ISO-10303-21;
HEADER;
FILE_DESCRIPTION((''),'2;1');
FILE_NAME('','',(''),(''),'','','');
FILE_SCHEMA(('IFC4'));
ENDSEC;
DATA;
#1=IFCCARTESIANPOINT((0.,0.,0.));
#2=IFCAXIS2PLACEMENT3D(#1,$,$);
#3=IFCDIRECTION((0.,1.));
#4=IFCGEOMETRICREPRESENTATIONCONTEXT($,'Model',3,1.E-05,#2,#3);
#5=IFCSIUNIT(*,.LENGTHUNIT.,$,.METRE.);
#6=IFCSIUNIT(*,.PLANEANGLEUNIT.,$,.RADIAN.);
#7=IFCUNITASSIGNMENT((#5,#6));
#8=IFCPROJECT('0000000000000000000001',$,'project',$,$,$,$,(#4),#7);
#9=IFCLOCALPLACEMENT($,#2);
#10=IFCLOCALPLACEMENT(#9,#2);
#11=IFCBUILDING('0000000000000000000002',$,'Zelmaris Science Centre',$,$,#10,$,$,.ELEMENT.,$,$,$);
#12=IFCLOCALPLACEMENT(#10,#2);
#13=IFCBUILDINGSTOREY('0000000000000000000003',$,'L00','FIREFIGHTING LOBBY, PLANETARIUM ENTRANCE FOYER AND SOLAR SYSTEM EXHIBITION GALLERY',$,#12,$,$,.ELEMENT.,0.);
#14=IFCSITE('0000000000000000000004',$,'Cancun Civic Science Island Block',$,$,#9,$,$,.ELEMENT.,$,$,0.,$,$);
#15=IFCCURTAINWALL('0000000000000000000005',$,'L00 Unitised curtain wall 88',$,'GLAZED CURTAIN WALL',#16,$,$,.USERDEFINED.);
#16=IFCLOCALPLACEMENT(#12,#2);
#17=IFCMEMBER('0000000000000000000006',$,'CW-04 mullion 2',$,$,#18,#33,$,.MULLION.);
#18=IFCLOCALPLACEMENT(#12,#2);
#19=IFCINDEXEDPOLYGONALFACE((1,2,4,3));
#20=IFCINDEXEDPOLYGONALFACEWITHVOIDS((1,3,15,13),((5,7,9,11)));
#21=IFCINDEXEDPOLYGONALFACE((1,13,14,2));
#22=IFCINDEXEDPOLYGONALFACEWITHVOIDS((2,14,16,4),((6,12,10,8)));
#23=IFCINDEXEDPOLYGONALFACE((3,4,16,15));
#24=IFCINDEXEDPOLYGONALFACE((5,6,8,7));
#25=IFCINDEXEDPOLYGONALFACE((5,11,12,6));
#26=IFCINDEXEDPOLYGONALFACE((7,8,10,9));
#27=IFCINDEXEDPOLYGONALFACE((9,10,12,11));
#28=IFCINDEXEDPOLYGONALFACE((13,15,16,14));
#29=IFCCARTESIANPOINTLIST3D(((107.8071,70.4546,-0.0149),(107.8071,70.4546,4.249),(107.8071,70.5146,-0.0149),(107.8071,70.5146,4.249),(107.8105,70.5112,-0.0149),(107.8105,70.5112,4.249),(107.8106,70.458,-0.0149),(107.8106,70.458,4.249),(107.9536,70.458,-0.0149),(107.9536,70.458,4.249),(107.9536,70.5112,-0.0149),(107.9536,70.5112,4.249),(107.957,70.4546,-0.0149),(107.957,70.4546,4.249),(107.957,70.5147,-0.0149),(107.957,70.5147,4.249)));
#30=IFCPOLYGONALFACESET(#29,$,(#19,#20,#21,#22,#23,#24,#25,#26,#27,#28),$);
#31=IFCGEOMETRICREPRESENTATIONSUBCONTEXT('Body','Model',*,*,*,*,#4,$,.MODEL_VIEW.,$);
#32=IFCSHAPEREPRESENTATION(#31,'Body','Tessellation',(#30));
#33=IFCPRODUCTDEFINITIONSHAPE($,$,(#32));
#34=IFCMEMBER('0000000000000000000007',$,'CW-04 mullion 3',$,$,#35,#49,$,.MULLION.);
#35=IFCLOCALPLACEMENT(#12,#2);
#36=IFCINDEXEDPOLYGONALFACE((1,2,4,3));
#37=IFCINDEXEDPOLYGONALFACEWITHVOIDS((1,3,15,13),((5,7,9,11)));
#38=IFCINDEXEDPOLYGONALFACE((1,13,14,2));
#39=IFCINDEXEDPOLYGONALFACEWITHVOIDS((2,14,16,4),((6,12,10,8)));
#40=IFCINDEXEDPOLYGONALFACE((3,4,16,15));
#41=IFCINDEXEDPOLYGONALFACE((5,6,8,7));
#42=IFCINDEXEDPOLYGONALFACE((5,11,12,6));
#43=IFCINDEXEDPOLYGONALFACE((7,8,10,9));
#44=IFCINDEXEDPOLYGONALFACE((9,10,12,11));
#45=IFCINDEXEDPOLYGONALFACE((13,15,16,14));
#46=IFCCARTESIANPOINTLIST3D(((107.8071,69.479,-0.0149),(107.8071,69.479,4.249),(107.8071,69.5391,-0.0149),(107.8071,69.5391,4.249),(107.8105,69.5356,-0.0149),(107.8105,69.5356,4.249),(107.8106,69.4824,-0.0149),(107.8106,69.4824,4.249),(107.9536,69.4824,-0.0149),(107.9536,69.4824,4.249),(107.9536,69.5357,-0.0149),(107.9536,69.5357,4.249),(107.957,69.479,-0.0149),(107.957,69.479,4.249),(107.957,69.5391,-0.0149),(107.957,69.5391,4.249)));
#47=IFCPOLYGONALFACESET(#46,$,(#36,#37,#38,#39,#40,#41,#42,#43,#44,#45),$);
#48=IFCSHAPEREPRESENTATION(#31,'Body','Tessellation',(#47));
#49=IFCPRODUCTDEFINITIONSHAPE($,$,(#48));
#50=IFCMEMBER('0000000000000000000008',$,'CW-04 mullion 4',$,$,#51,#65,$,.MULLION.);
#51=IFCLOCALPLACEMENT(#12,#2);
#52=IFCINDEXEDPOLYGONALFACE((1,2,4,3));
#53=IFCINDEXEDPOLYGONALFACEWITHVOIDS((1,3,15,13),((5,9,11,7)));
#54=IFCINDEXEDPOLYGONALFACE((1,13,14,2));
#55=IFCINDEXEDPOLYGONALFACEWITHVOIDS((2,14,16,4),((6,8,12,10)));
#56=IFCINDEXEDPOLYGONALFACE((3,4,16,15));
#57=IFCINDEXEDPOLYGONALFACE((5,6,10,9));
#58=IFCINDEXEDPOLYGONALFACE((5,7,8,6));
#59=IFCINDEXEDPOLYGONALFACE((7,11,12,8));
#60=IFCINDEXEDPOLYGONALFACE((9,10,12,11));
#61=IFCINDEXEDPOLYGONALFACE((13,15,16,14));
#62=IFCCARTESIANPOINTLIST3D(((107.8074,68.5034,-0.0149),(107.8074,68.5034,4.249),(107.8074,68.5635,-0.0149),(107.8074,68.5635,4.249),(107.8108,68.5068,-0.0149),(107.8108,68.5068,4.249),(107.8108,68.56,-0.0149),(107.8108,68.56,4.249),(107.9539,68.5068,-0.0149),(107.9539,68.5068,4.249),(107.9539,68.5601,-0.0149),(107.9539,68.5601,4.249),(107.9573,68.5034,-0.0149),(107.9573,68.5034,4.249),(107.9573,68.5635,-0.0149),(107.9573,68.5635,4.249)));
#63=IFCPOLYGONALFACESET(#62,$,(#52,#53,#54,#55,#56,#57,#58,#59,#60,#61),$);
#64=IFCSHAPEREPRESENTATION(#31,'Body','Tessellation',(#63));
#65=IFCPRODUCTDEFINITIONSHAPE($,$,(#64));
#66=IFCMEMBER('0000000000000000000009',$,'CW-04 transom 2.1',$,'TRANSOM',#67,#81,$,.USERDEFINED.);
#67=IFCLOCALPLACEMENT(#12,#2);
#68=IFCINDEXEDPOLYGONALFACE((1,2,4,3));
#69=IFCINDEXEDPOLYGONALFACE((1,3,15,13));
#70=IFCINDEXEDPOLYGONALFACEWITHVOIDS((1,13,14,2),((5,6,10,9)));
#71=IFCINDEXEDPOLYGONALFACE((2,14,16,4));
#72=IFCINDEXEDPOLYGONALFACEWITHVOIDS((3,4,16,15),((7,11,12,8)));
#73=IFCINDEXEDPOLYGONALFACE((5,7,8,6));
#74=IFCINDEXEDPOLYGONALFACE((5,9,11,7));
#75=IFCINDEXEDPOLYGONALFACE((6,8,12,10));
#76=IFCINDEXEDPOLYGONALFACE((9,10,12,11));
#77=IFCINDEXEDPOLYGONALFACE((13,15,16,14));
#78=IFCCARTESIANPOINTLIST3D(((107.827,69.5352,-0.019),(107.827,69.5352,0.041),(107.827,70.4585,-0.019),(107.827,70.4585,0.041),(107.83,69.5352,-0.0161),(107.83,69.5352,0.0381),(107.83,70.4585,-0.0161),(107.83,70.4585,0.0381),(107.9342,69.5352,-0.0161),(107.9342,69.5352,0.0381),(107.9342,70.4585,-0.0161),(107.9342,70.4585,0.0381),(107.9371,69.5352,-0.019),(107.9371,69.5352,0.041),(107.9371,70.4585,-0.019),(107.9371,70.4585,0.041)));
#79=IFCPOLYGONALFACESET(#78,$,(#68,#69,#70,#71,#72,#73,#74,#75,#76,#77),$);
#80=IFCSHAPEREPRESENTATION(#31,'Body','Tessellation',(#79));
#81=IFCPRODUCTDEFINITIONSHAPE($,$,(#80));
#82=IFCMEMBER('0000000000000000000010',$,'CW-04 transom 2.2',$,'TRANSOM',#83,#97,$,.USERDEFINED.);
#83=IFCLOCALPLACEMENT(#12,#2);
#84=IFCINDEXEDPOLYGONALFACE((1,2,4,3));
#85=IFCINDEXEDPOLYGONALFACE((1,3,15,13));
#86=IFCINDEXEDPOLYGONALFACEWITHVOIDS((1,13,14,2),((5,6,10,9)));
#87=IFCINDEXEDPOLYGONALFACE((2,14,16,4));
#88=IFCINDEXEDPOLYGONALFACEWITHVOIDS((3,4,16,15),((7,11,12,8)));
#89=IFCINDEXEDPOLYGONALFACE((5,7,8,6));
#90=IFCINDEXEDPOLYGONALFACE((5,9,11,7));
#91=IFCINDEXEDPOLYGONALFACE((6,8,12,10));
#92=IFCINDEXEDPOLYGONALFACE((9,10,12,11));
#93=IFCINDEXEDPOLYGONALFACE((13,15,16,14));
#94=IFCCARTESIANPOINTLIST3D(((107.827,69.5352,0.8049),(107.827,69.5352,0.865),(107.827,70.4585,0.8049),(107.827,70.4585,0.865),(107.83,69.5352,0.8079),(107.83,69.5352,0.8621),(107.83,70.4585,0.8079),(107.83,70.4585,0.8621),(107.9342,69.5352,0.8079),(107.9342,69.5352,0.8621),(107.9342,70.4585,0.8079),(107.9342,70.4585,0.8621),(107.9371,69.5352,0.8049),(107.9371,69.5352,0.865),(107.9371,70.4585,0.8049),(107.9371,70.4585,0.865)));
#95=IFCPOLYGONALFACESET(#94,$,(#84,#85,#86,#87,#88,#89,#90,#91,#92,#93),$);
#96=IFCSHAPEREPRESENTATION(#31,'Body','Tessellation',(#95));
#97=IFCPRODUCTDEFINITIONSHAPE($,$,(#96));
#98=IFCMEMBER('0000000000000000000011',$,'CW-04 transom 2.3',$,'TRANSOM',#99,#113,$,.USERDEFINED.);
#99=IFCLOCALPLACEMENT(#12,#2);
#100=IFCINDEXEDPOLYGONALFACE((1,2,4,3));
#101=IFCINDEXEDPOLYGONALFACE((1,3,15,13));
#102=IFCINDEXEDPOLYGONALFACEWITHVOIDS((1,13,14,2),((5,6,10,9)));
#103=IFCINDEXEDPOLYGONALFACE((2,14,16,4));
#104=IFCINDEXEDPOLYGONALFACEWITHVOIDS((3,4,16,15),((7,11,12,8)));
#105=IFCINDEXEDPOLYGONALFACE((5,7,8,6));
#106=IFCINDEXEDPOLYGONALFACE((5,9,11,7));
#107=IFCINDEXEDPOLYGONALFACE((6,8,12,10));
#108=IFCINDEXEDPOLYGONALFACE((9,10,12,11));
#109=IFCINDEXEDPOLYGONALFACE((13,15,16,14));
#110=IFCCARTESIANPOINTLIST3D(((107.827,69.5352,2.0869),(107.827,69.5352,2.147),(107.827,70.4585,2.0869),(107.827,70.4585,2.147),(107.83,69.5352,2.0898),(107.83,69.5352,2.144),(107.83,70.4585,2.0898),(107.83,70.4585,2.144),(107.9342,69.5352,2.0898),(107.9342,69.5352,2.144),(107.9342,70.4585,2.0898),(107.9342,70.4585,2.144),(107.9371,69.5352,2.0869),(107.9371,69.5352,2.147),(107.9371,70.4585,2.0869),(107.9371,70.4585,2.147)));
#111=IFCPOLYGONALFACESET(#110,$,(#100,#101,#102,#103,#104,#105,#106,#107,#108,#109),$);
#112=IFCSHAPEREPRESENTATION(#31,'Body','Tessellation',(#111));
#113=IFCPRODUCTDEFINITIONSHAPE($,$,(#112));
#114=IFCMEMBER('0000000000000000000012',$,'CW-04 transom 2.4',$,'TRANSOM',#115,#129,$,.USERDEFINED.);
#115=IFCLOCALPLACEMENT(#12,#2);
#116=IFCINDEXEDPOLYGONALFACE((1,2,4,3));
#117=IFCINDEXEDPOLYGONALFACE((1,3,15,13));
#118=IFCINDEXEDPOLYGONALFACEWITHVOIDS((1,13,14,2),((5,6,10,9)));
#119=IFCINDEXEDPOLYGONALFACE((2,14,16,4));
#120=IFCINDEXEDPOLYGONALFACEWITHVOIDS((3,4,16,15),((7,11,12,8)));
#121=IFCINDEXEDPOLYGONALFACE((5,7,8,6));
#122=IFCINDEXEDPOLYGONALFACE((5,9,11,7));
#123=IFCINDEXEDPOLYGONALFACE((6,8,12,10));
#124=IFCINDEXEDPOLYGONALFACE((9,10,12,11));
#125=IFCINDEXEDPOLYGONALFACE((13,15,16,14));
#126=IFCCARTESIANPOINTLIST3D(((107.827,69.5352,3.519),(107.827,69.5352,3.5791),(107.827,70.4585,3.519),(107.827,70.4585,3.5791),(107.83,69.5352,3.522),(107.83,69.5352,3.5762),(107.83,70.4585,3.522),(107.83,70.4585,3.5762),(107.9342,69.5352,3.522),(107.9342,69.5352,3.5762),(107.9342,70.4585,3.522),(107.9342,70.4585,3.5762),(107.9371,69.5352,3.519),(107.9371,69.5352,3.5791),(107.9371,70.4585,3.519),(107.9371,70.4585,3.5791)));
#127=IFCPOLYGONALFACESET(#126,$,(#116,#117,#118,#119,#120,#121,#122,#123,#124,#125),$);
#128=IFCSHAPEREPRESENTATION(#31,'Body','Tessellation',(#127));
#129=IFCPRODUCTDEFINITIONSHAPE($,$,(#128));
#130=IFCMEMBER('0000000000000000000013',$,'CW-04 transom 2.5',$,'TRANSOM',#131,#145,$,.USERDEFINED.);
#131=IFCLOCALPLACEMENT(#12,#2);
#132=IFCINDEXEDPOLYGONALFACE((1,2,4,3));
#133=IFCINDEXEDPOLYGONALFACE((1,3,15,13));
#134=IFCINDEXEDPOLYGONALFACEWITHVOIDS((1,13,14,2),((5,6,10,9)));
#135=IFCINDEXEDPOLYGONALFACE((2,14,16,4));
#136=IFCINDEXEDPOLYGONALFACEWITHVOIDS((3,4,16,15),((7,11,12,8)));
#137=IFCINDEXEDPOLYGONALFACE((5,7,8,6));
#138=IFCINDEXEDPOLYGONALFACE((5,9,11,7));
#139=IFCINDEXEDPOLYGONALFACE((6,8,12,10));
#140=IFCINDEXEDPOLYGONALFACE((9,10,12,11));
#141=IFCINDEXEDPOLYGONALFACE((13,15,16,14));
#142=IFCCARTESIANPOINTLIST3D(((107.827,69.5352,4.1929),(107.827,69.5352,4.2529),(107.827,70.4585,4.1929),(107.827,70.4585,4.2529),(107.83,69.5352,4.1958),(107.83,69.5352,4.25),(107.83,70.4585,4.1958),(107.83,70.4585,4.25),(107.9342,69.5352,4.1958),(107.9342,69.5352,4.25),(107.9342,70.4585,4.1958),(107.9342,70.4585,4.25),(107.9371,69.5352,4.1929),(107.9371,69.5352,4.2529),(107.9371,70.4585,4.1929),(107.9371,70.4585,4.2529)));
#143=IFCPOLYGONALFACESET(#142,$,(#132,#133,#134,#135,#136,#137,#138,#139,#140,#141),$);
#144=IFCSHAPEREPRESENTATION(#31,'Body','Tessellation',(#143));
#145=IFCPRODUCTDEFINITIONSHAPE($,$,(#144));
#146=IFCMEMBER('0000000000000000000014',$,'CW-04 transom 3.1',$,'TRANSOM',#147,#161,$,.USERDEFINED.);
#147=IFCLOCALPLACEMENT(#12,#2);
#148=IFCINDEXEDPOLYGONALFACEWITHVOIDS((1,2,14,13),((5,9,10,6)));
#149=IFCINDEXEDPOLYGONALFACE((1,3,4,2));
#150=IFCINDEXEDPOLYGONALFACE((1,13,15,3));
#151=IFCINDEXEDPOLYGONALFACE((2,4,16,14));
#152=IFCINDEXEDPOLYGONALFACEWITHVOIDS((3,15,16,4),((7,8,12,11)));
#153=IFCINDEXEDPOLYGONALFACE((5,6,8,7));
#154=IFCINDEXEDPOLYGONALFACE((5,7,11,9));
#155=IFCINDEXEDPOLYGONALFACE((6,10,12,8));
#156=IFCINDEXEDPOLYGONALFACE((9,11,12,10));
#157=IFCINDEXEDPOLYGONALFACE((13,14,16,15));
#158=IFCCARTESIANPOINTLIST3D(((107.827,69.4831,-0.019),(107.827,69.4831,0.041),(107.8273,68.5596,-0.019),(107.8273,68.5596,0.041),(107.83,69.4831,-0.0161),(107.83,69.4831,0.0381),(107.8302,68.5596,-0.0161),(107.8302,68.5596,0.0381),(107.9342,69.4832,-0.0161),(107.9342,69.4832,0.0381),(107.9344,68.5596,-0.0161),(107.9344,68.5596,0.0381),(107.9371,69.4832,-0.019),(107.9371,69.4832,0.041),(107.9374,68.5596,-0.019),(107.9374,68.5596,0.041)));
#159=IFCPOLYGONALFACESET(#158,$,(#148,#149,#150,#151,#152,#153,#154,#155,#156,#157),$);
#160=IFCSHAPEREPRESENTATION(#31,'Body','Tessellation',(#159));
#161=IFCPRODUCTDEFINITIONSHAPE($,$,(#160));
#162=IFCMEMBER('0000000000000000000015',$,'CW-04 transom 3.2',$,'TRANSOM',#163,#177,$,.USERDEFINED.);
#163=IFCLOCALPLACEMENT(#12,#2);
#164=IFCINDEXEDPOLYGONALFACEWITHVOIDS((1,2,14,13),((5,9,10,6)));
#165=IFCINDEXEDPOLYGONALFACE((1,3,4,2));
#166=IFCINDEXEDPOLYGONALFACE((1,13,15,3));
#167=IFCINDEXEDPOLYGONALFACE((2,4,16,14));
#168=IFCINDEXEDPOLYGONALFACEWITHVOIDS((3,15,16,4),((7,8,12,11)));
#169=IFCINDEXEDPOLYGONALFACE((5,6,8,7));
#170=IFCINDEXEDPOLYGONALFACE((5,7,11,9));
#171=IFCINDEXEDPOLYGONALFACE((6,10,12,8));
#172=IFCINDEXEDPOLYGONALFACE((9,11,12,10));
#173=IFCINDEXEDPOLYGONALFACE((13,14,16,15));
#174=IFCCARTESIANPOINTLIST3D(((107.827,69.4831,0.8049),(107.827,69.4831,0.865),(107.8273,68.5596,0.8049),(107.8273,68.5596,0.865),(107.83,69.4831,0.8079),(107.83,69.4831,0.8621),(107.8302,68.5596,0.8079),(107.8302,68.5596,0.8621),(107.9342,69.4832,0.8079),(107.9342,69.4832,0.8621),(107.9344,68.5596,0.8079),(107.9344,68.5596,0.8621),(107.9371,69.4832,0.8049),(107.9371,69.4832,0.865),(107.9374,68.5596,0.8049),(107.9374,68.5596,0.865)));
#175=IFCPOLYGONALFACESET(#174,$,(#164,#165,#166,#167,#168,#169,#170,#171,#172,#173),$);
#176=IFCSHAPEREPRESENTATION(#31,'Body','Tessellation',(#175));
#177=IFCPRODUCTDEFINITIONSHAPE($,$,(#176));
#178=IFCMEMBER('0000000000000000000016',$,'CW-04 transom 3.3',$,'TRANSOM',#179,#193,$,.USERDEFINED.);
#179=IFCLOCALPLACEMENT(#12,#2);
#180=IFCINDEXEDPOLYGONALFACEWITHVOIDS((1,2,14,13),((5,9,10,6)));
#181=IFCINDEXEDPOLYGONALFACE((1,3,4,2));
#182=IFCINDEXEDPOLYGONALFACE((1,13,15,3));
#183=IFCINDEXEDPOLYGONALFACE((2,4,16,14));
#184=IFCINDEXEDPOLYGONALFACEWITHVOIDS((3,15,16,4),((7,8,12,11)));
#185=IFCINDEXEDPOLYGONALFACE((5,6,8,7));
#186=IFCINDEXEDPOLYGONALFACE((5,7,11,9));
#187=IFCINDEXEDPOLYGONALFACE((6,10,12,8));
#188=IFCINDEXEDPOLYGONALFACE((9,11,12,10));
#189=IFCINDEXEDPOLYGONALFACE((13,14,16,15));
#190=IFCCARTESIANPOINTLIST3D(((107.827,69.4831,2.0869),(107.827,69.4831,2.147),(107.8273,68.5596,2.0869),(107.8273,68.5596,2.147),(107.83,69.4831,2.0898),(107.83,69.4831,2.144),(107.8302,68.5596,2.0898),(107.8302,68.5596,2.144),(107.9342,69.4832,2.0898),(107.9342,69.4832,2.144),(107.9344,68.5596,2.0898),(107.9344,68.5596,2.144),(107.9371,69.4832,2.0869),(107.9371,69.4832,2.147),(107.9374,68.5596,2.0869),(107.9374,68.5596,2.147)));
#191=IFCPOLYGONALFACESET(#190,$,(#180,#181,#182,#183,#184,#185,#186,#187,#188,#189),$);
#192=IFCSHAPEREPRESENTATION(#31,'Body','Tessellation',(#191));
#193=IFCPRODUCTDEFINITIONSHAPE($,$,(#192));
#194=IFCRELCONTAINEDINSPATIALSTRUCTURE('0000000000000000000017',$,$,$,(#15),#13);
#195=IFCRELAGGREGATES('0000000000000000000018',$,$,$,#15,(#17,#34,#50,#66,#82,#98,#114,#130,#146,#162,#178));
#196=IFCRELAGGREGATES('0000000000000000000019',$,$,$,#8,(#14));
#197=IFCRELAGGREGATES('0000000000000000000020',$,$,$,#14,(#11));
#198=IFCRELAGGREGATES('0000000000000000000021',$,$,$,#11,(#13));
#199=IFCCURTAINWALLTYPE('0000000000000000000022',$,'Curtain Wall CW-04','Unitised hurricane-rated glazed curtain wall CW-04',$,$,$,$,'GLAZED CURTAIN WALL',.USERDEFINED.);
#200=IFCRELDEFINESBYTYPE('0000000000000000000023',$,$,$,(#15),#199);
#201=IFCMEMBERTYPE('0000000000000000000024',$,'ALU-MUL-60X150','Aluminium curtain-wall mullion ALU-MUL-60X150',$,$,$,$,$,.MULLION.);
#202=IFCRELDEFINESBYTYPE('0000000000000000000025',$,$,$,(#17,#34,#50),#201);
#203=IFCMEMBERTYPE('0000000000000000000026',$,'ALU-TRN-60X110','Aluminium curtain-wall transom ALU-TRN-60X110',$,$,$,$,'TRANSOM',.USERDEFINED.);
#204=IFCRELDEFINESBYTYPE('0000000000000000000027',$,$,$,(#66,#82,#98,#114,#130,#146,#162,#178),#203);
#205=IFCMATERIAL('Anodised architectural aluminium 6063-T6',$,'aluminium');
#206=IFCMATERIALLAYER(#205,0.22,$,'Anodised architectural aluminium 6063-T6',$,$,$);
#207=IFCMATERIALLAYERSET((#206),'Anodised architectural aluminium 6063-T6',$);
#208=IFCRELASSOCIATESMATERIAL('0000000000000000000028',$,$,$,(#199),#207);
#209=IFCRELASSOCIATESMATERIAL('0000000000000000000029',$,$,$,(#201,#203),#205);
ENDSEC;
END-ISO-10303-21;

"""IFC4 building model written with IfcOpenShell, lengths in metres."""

from ifc_helpers import new_model, si_unit, direction, frame, origin, origin_2d, place, context, subcontext, project, spatial, hollow_rectangle, extrude, material, layer, layer_set, material_profile, profile_set, type_object, element, aggregate, save


model = new_model("IFC4")

# Units and contexts
model_context = context("Model", 3, precision=1e-05, world=origin(), true_north=direction((0.0, 1.0)))
body_context = subcontext(model_context, "Body", "Model", "MODEL_VIEW")
ifc_project = project(units=[si_unit("LENGTHUNIT", "METRE"), si_unit("PLANEANGLEUNIT", "RADIAN")], contexts=[model_context])

# Site, building, storey
site_placement = place(None, origin())
site = spatial("IfcSite", under=ifc_project, at=site_placement, Name="Cancun Civic Science Island Block", CompositionType="ELEMENT", RefElevation=0.0)
building_placement = place(site_placement, origin())
building = spatial("IfcBuilding", under=site, at=building_placement, Name="Zelmaris Science Centre", CompositionType="ELEMENT")
storey_placement = place(building_placement, origin())
storey = spatial("IfcBuildingStorey", under=building, at=storey_placement, Name="L00", Description="FIREFIGHTING LOBBY, PLANETARIUM ENTRANCE FOYER AND SOLAR SYSTEM EXHIBITION GALLERY", CompositionType="ELEMENT", Elevation=0.0)

# Curtain wall, members
ifc_material_1 = material(Name="Anodised architectural aluminium 6063-T6", Category="aluminium")
ifc_layer_1 = layer(ifc_material_1, 0.22, Name="Anodised architectural aluminium 6063-T6")
ifc_layer_set_1 = layer_set([ifc_layer_1], Name="Anodised architectural aluminium 6063-T6")
curtain_wall_type = type_object("IfcCurtainWallType", Name="Curtain Wall CW-04", Description="Unitised hurricane-rated glazed curtain wall CW-04", ElementType="GLAZED CURTAIN WALL", PredefinedType="USERDEFINED", material=ifc_layer_set_1)
curtain_wall_placement = place(storey_placement, origin())
curtain_wall = element("IfcCurtainWall", 1, at=curtain_wall_placement, inside=storey, type_object=curtain_wall_type, Name="L00 Unitised curtain wall 88", ObjectType="GLAZED CURTAIN WALL", PredefinedType="USERDEFINED")
ifc_material_profile_1 = material_profile(ifc_material_1, hollow_rectangle(XDim=0.0601, YDim=0.1499, WallThickness=0.0034, at=origin_2d()), Name="ALU-MUL-60X150")
ifc_profile_set_1 = profile_set([ifc_material_profile_1], Name="Anodised architectural aluminium 6063-T6")
member_type_1 = type_object("IfcMemberType", Name="ALU-MUL-60X150", Description="Aluminium curtain-wall mullion ALU-MUL-60X150", PredefinedType="MULLION", material=ifc_profile_set_1)
member_1_placement = place(storey_placement, frame((107.8821, 70.4846, -0.0149), z_axis=(0.0, 0.0, 1.0), x_axis=(0.000129, -1.0, 0.0)))
member_1 = element("IfcMember", 2, at=member_1_placement, type_object=member_type_1, Name="CW-04 mullion 2", PredefinedType="MULLION", context=body_context, shape_type="SweptSolid", body=[
    extrude(hollow_rectangle(XDim=0.0601, YDim=0.1499, WallThickness=0.0034, at=origin_2d()), origin(), (0.0, 0.0, 1.0), 4.2639),
])
member_2_placement = place(storey_placement, frame((107.8821, 69.509, -0.0149), z_axis=(0.0, 0.0, 1.0), x_axis=(0.000129, -1.0, 0.0)))
member_2 = element("IfcMember", 3, at=member_2_placement, type_object=member_type_1, Name="CW-04 mullion 3", PredefinedType="MULLION", context=body_context, shape_type="SweptSolid", body=[
    extrude(hollow_rectangle(XDim=0.0601, YDim=0.1499, WallThickness=0.0034, at=origin_2d()), origin(), (0.0, 0.0, 1.0), 4.2639),
])
member_3_placement = place(storey_placement, frame((107.8823, 68.5334, -0.0149), z_axis=(0.0, 0.0, 1.0), x_axis=(0.000129, -1.0, 0.0)))
member_3 = element("IfcMember", 4, at=member_3_placement, type_object=member_type_1, Name="CW-04 mullion 4", PredefinedType="MULLION", context=body_context, shape_type="SweptSolid", body=[
    extrude(hollow_rectangle(XDim=0.0601, YDim=0.1499, WallThickness=0.0034, at=origin_2d()), origin(), (0.0, 0.0, 1.0), 4.2639),
])
ifc_material_profile_2 = material_profile(ifc_material_1, hollow_rectangle(XDim=0.0601, YDim=0.1101, WallThickness=0.0029, at=origin_2d()), Name="ALU-TRN-60X110")
ifc_profile_set_2 = profile_set([ifc_material_profile_2], Name="Anodised architectural aluminium 6063-T6")
member_type_2 = type_object("IfcMemberType", Name="ALU-TRN-60X110", Description="Aluminium curtain-wall transom ALU-TRN-60X110", ElementType="TRANSOM", PredefinedType="USERDEFINED", material=ifc_profile_set_2)
member_4_placement = place(storey_placement, frame((107.8821, 70.4585, 0.011), z_axis=(0.0, -1.0, 0.0), x_axis=(0.0, 0.0, 1.0)))
member_4 = element("IfcMember", 5, at=member_4_placement, type_object=member_type_2, Name="CW-04 transom 2.1", ObjectType="TRANSOM", PredefinedType="USERDEFINED", context=body_context, shape_type="SweptSolid", body=[
    extrude(hollow_rectangle(XDim=0.0601, YDim=0.1101, WallThickness=0.0029, at=origin_2d()), origin(), (0.0, 0.0, 1.0), 0.9233),
])
member_5_placement = place(storey_placement, frame((107.8821, 70.4585, 0.835), z_axis=(0.0, -1.0, 0.0), x_axis=(0.0, 0.0, 1.0)))
member_5 = element("IfcMember", 6, at=member_5_placement, type_object=member_type_2, Name="CW-04 transom 2.2", ObjectType="TRANSOM", PredefinedType="USERDEFINED", context=body_context, shape_type="SweptSolid", body=[
    extrude(hollow_rectangle(XDim=0.0601, YDim=0.1101, WallThickness=0.0029, at=origin_2d()), origin(), (0.0, 0.0, 1.0), 0.9233),
])
member_6_placement = place(storey_placement, frame((107.8821, 70.4585, 2.1169), z_axis=(0.0, -1.0, 0.0), x_axis=(0.0, 0.0, 1.0)))
member_6 = element("IfcMember", 7, at=member_6_placement, type_object=member_type_2, Name="CW-04 transom 2.3", ObjectType="TRANSOM", PredefinedType="USERDEFINED", context=body_context, shape_type="SweptSolid", body=[
    extrude(hollow_rectangle(XDim=0.0601, YDim=0.1101, WallThickness=0.0029, at=origin_2d()), origin(), (0.0, 0.0, 1.0), 0.9233),
])
member_7_placement = place(storey_placement, frame((107.8821, 70.4585, 3.5491), z_axis=(0.0, -1.0, 0.0), x_axis=(0.0, 0.0, 1.0)))
member_7 = element("IfcMember", 8, at=member_7_placement, type_object=member_type_2, Name="CW-04 transom 2.4", ObjectType="TRANSOM", PredefinedType="USERDEFINED", context=body_context, shape_type="SweptSolid", body=[
    extrude(hollow_rectangle(XDim=0.0601, YDim=0.1101, WallThickness=0.0029, at=origin_2d()), origin(), (0.0, 0.0, 1.0), 0.9233),
])
member_8_placement = place(storey_placement, frame((107.8821, 70.4585, 4.2229), z_axis=(0.0, -1.0, 0.0), x_axis=(0.0, 0.0, 1.0)))
member_8 = element("IfcMember", 9, at=member_8_placement, type_object=member_type_2, Name="CW-04 transom 2.5", ObjectType="TRANSOM", PredefinedType="USERDEFINED", context=body_context, shape_type="SweptSolid", body=[
    extrude(hollow_rectangle(XDim=0.0601, YDim=0.1101, WallThickness=0.0029, at=origin_2d()), origin(), (0.0, 0.0, 1.0), 0.9233),
])
member_9_placement = place(storey_placement, frame((107.8821, 69.4832, 0.011), z_axis=(0.000264, -1.0, 0.0), x_axis=(0.0, 0.0, 1.0)))
member_9 = element("IfcMember", 10, at=member_9_placement, type_object=member_type_2, Name="CW-04 transom 3.1", ObjectType="TRANSOM", PredefinedType="USERDEFINED", context=body_context, shape_type="SweptSolid", body=[
    extrude(hollow_rectangle(XDim=0.0601, YDim=0.1101, WallThickness=0.0029, at=origin_2d()), origin(), (0.0, 0.0, 1.0), 0.9236),
])
member_10_placement = place(storey_placement, frame((107.8821, 69.4832, 0.835), z_axis=(0.000264, -1.0, 0.0), x_axis=(0.0, 0.0, 1.0)))
member_10 = element("IfcMember", 11, at=member_10_placement, type_object=member_type_2, Name="CW-04 transom 3.2", ObjectType="TRANSOM", PredefinedType="USERDEFINED", context=body_context, shape_type="SweptSolid", body=[
    extrude(hollow_rectangle(XDim=0.0601, YDim=0.1101, WallThickness=0.0029, at=origin_2d()), origin(), (0.0, 0.0, 1.0), 0.9236),
])
member_11_placement = place(storey_placement, frame((107.8821, 69.4832, 2.1169), z_axis=(0.000264, -1.0, 0.0), x_axis=(0.0, 0.0, 1.0)))
member_11 = element("IfcMember", 12, at=member_11_placement, type_object=member_type_2, Name="CW-04 transom 3.3", ObjectType="TRANSOM", PredefinedType="USERDEFINED", context=body_context, shape_type="SweptSolid", body=[
    extrude(hollow_rectangle(XDim=0.0601, YDim=0.1101, WallThickness=0.0029, at=origin_2d()), origin(), (0.0, 0.0, 1.0), 0.9236),
])
aggregate(curtain_wall, [member_1, member_2, member_3, member_4, member_5, member_6, member_7, member_8, member_9, member_10, member_11])

save(model, "model.ifc")
